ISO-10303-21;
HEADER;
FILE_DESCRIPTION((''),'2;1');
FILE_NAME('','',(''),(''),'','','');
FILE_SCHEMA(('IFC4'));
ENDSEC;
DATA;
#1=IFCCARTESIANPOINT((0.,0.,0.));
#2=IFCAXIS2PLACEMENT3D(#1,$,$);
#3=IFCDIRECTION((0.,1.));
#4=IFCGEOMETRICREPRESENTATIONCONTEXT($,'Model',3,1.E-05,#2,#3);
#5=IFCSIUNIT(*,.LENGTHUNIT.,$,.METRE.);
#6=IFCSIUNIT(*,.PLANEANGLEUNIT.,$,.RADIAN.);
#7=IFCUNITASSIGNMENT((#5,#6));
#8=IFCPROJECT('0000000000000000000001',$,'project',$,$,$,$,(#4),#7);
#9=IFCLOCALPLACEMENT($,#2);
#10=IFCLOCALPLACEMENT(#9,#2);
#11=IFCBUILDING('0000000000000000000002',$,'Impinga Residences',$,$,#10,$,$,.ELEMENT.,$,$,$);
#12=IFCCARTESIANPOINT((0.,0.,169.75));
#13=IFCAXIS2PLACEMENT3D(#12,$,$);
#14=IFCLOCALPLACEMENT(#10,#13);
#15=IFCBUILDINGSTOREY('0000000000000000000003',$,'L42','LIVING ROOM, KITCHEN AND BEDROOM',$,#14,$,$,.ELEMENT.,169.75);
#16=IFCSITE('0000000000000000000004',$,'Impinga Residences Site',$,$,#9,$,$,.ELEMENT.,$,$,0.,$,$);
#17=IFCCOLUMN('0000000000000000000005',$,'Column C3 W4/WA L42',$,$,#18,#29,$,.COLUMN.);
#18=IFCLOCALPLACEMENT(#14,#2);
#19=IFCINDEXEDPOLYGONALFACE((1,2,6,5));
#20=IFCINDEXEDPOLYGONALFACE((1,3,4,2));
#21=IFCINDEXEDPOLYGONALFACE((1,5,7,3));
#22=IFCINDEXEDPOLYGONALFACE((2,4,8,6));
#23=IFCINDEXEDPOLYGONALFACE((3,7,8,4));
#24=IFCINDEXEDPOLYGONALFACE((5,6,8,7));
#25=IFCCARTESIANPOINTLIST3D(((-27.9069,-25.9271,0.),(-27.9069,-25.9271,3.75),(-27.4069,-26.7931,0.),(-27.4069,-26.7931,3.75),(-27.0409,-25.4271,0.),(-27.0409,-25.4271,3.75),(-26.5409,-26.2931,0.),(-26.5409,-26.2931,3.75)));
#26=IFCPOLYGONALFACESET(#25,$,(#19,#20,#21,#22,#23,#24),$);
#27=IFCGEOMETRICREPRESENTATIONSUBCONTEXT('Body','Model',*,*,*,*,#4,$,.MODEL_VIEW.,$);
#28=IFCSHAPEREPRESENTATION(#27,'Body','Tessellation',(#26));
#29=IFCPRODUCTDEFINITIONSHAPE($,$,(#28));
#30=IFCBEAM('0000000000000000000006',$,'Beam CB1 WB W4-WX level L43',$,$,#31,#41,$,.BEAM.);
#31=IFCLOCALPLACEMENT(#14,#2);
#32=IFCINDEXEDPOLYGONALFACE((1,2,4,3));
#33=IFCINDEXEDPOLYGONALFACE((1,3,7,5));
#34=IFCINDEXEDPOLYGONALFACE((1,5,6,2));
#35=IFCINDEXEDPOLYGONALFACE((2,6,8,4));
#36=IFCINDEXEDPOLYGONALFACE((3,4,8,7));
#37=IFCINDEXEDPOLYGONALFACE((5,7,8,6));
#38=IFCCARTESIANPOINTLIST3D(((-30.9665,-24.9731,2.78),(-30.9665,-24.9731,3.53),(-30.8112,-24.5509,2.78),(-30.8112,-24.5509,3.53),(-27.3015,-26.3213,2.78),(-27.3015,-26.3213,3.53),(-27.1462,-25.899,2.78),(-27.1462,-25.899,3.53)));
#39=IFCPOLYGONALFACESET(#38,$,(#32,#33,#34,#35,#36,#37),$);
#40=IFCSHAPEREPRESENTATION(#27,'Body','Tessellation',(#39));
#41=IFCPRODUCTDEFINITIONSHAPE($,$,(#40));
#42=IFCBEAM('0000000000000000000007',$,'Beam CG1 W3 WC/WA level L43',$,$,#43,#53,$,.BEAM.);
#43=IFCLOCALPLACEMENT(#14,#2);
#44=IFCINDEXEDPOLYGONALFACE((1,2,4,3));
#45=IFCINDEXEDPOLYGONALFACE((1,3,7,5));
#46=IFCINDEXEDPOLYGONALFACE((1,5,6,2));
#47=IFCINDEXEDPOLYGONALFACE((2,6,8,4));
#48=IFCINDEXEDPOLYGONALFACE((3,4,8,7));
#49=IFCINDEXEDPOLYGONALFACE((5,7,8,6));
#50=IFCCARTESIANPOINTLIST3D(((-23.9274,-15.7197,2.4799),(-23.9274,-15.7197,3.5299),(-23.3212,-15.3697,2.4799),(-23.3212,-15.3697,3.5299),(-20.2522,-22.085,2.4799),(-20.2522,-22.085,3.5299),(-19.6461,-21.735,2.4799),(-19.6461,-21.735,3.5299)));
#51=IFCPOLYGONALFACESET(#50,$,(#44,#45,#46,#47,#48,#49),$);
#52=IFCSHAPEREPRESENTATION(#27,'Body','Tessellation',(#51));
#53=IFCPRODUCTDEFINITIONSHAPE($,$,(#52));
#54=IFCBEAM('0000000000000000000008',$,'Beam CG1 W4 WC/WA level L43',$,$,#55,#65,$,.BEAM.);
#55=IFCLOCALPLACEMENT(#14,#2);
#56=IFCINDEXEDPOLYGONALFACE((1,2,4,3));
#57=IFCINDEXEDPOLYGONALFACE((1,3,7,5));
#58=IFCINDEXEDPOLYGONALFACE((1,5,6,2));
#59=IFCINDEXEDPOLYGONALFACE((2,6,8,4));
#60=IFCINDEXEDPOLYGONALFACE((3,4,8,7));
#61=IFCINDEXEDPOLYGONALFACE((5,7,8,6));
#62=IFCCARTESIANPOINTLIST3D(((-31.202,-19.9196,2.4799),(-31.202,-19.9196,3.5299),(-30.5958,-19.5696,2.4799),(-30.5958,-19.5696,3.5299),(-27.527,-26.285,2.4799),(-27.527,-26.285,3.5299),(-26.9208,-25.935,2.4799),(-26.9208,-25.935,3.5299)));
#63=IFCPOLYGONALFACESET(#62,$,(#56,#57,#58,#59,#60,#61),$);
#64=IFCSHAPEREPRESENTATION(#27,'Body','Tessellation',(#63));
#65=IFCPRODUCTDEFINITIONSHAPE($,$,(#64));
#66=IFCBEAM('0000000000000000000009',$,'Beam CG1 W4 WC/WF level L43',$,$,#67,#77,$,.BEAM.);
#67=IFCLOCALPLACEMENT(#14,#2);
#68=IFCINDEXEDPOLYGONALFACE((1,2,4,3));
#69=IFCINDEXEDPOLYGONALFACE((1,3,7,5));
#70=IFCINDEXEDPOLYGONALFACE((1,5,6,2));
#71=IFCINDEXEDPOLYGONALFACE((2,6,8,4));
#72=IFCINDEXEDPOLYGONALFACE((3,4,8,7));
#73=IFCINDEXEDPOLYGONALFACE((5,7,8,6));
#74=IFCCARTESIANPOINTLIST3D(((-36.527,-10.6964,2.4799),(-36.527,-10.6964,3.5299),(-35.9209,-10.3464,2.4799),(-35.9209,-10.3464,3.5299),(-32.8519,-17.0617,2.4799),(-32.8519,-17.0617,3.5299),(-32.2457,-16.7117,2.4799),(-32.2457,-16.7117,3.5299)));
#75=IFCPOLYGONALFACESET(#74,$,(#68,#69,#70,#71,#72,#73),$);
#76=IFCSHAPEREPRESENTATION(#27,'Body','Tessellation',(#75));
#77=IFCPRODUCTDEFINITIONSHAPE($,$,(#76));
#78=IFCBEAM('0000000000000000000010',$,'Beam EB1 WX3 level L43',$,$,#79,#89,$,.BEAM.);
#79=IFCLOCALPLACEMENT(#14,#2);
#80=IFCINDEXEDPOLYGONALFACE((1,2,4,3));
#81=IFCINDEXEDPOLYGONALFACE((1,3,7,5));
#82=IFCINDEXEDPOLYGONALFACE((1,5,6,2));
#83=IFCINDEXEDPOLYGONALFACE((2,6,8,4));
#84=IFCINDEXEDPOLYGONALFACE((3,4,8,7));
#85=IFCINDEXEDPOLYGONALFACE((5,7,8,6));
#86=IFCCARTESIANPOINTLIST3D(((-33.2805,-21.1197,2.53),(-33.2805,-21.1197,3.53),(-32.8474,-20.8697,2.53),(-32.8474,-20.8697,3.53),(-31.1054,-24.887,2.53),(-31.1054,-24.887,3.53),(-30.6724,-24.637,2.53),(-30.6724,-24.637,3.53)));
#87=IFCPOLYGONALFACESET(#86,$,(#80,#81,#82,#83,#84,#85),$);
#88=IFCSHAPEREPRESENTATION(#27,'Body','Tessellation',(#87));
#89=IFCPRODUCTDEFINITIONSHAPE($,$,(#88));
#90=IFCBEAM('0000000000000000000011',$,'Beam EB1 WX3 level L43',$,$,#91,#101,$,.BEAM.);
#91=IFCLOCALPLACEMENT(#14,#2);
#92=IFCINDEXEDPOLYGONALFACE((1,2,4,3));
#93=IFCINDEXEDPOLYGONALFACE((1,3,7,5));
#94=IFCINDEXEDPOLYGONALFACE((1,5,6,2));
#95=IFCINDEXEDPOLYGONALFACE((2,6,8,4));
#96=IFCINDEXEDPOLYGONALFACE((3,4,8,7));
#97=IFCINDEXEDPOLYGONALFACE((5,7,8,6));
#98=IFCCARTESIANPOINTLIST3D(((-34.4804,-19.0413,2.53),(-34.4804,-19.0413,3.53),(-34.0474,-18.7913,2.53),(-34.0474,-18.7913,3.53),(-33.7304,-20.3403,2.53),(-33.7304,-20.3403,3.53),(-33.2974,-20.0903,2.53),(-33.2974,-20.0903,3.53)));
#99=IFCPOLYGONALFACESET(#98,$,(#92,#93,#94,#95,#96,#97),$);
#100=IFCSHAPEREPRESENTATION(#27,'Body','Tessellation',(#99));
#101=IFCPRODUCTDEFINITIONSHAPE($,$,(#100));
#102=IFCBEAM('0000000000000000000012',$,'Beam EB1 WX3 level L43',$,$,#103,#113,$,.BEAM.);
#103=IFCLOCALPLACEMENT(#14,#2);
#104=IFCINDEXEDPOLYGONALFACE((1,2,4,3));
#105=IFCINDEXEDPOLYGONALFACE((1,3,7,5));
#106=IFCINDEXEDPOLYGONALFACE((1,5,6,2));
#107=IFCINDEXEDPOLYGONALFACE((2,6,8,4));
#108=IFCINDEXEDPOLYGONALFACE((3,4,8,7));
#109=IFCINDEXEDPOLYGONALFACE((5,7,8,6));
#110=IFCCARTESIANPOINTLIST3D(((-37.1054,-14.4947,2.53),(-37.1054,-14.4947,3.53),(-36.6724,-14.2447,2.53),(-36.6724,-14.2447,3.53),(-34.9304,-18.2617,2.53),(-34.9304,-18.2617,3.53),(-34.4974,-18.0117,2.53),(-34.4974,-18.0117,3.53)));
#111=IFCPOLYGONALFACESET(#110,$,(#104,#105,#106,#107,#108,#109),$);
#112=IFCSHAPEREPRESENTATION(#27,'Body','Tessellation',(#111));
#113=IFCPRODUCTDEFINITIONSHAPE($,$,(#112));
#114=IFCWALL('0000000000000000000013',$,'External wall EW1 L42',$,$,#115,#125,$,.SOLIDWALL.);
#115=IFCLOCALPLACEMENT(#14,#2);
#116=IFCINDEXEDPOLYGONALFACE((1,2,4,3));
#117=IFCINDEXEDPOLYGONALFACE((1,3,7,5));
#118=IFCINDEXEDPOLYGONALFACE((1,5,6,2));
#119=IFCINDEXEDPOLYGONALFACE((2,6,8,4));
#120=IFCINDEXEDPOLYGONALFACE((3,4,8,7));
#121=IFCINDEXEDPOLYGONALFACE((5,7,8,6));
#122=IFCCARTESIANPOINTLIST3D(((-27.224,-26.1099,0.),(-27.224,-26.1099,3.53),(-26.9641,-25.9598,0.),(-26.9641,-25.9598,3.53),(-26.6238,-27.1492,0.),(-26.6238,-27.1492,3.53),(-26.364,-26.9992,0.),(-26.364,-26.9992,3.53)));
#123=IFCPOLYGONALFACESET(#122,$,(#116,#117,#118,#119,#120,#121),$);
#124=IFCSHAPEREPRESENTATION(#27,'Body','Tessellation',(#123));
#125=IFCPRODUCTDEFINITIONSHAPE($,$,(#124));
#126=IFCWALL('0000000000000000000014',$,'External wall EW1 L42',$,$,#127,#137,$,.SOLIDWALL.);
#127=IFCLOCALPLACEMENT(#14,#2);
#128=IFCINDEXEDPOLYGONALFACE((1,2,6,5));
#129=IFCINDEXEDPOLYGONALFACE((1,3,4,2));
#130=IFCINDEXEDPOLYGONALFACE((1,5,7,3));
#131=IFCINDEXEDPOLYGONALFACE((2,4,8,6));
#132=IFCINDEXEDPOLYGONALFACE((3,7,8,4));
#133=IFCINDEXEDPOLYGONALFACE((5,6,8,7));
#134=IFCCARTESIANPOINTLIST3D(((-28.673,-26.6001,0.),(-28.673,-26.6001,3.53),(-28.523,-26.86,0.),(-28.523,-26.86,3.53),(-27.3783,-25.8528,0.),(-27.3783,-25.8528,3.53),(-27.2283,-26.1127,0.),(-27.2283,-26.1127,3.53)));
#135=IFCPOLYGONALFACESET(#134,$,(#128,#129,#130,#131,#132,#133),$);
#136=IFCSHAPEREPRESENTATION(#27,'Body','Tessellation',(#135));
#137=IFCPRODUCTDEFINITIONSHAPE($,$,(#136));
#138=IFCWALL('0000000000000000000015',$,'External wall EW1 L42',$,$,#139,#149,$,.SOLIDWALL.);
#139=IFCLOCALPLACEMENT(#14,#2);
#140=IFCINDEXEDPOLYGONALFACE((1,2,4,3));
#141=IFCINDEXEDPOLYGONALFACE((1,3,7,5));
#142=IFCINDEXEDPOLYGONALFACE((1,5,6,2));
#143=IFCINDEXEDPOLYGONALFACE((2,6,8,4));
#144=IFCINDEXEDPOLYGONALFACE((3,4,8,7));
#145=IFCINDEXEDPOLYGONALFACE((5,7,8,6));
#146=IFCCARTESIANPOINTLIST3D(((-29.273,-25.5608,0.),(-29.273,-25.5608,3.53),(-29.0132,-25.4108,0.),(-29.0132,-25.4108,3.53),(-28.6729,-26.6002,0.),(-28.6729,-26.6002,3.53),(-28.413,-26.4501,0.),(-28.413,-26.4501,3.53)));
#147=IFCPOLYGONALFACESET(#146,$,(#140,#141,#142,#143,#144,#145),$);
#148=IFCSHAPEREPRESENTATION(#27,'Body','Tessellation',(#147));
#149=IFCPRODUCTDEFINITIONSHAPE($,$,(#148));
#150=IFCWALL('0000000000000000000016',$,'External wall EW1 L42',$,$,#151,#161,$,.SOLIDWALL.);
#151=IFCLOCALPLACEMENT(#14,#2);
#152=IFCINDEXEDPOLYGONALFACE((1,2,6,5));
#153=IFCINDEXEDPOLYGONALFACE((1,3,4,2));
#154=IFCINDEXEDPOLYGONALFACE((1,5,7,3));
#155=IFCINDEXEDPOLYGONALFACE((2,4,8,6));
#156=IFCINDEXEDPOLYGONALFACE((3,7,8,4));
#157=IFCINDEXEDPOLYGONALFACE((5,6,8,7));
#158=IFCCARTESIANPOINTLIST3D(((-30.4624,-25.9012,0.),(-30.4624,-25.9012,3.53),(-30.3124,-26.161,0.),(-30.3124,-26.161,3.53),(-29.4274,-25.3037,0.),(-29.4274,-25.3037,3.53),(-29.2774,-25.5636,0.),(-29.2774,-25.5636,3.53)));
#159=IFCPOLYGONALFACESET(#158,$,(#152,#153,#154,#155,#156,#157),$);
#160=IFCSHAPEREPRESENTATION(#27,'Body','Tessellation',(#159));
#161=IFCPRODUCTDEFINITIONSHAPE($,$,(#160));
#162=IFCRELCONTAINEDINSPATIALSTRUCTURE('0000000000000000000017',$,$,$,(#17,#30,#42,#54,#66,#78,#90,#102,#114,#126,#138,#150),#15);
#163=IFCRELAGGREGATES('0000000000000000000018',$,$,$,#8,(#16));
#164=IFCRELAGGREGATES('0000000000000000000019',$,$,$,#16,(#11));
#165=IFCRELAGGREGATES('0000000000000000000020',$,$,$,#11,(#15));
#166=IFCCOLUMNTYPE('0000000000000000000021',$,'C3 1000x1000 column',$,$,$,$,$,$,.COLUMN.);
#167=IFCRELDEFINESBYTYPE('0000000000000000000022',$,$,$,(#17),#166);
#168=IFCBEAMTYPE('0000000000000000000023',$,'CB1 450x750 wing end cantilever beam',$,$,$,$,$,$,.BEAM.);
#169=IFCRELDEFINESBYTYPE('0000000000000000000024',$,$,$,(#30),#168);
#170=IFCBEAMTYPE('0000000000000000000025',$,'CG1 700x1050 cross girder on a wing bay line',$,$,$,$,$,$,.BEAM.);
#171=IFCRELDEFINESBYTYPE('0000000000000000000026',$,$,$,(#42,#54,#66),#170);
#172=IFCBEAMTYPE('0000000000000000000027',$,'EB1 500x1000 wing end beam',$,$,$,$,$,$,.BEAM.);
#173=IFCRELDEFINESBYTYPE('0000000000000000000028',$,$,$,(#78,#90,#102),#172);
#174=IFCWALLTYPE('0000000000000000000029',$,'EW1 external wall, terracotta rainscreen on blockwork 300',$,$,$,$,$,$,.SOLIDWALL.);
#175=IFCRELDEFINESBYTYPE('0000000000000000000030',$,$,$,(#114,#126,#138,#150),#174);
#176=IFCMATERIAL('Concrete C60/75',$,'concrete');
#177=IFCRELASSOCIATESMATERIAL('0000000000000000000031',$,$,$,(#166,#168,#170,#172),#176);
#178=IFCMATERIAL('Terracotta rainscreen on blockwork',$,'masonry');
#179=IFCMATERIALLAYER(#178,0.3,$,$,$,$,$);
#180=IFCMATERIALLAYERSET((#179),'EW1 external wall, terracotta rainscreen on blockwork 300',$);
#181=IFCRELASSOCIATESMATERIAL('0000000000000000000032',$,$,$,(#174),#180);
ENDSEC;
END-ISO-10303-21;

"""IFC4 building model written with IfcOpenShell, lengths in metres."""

from ifc_helpers import new_model, si_unit, direction, frame, frame_2d, origin, origin_2d, place, context, subcontext, project, spatial, rectangle, extrude, material, layer, layer_set, material_profile, profile_set, type_object, element, save


model = new_model("IFC4")

# Units and contexts
model_context = context("Model", 3, precision=1e-05, world=origin(), true_north=direction((0.0, 1.0)))
body_context = subcontext(model_context, "Body", "Model", "MODEL_VIEW")
ifc_project = project(units=[si_unit("LENGTHUNIT", "METRE"), si_unit("PLANEANGLEUNIT", "RADIAN")], contexts=[model_context])

# Site, building, storey
site_placement = place(None, origin())
site = spatial("IfcSite", under=ifc_project, at=site_placement, Name="Impinga Residences Site", CompositionType="ELEMENT", RefElevation=0.0)
building_placement = place(site_placement, origin())
building = spatial("IfcBuilding", under=site, at=building_placement, Name="Impinga Residences", CompositionType="ELEMENT")
storey_placement = place(building_placement, frame((0.0, 0.0, 169.75)))
storey = spatial("IfcBuildingStorey", under=building, at=storey_placement, Name="L42", Description="LIVING ROOM, KITCHEN AND BEDROOM", CompositionType="ELEMENT", Elevation=169.75)

# Column
ifc_material_1 = material(Name="Concrete C60/75", Category="concrete")
ifc_material_profile_1 = material_profile(ifc_material_1, rectangle(XDim=1.0, YDim=1.0, at=origin_2d()), Name="RC 1000x1000")
ifc_profile_set_1 = profile_set([ifc_material_profile_1], Name="Concrete C60/75")
column_type = type_object("IfcColumnType", Name="C3 1000x1000 column", PredefinedType="COLUMN", material=ifc_profile_set_1)
column_placement = place(storey_placement, frame((-27.2239, -26.1101, 0.0), z_axis=(0.0, 0.0, 1.0), x_axis=(-0.5, 0.866025, 0.0)))
element("IfcColumn", 1, at=column_placement, inside=storey, type_object=column_type, Name="Column C3 W4/WA L42", PredefinedType="COLUMN", context=body_context, shape_type="SweptSolid", body=[
    extrude(rectangle(XDim=1.0, YDim=1.0, at=origin_2d()), origin(), (0.0, 0.0, 1.0), 3.75),
])

# Beams
ifc_material_profile_2 = material_profile(ifc_material_1, rectangle(XDim=0.45, YDim=0.75, at=origin_2d()), Name="RC 450x750")
ifc_profile_set_2 = profile_set([ifc_material_profile_2], Name="Concrete C60/75")
beam_type_1 = type_object("IfcBeamType", Name="CB1 450x750 wing end cantilever beam", PredefinedType="BEAM", material=ifc_profile_set_2)
beam_1_placement = place(storey_placement, frame((-27.2239, -26.1101, 3.155), z_axis=(-0.93852, 0.345224, 0.0), x_axis=(-0.345224, -0.93852, 0.0)))
element("IfcBeam", 2, at=beam_1_placement, inside=storey, type_object=beam_type_1, Name="Beam CB1 WB W4-WX level L43", PredefinedType="BEAM", context=body_context, shape_type="SweptSolid", body=[
    extrude(rectangle(XDim=0.45, YDim=0.75, at=origin_2d()), origin(), (0.0, 0.0, 1.0), 3.905),
])
ifc_material_profile_3 = material_profile(ifc_material_1, rectangle(XDim=0.7, YDim=1.05, at=origin_2d()), Name="RC 700x1050")
ifc_profile_set_3 = profile_set([ifc_material_profile_3], Name="Concrete C60/75")
beam_type_2 = type_object("IfcBeamType", Name="CG1 700x1050 cross girder on a wing bay line", PredefinedType="BEAM", material=ifc_profile_set_3)
for number, where, z_axis, x_axis, name in (
    (3, (-23.6243, -15.5447, 3.0049), (0.500008, -0.866021, 0.0), (0.866021, 0.500008, 0.0), "Beam CG1 W3 WC/WA level L43"),
    (4, (-30.8989, -19.7446, 3.0049), (0.499994, -0.866029, 0.0), (0.866029, 0.499994, 0.0), "Beam CG1 W4 WC/WA level L43"),
    (5, (-32.5488, -16.8867, 3.0049), (-0.500008, 0.866021, 0.0), (-0.866021, -0.500008, 0.0), "Beam CG1 W4 WC/WF level L43"),
):
    element("IfcBeam", number, at=place(storey_placement, frame(where, z_axis=z_axis, x_axis=x_axis)), inside=storey, type_object=beam_type_2, Name=name, PredefinedType="BEAM", context=body_context, shape_type="SweptSolid", body=[
        extrude(rectangle(XDim=0.7, YDim=1.05, at=origin_2d()), origin(), (0.0, 0.0, 1.0), 7.3501),
    ])
ifc_material_profile_4 = material_profile(ifc_material_1, rectangle(XDim=0.5, YDim=1.0, at=origin_2d()), Name="RC 500x1000")
ifc_profile_set_4 = profile_set([ifc_material_profile_4], Name="Concrete C60/75")
beam_type_3 = type_object("IfcBeamType", Name="EB1 500x1000 wing end beam", PredefinedType="BEAM", material=ifc_profile_set_4)
beam_2_placement = place(storey_placement, frame((-30.8889, -24.762, 3.03), z_axis=(-0.499996, 0.866028, 0.0), x_axis=(-0.866028, -0.499996, 0.0)))
element("IfcBeam", 6, at=beam_2_placement, inside=storey, type_object=beam_type_3, Name="Beam EB1 WX3 level L43", PredefinedType="BEAM", context=body_context, shape_type="SweptSolid", body=[
    extrude(rectangle(XDim=0.5, YDim=1.0, at=origin_2d()), origin(), (0.0, 0.0, 1.0), 4.3501),
])
beam_3_placement = place(storey_placement, frame((-33.5139, -20.2153, 3.03), z_axis=(-0.49999, 0.866031, 0.0), x_axis=(-0.866031, -0.49999, 0.0)))
element("IfcBeam", 7, at=beam_3_placement, inside=storey, type_object=beam_type_3, Name="Beam EB1 WX3 level L43", PredefinedType="BEAM", context=body_context, shape_type="SweptSolid", body=[
    extrude(rectangle(XDim=0.5, YDim=1.0, at=origin_2d()), origin(), (0.0, 0.0, 1.0), 1.5),
])
beam_4_placement = place(storey_placement, frame((-34.7139, -18.1367, 3.03), z_axis=(-0.50002, 0.866014, 0.0), x_axis=(-0.866014, -0.50002, 0.0)))
element("IfcBeam", 8, at=beam_4_placement, inside=storey, type_object=beam_type_3, Name="Beam EB1 WX3 level L43", PredefinedType="BEAM", context=body_context, shape_type="SweptSolid", body=[
    extrude(rectangle(XDim=0.5, YDim=1.0, at=origin_2d()), origin(), (0.0, 0.0, 1.0), 4.3499),
])

# Walls
ifc_material_2 = material(Name="Terracotta rainscreen on blockwork", Category="masonry")
ifc_layer_1 = layer(ifc_material_2, 0.3)
ifc_layer_set_1 = layer_set([ifc_layer_1], Name="EW1 external wall, terracotta rainscreen on blockwork 300")
wall_type_1 = type_object("IfcWallType", Name="EW1 external wall, terracotta rainscreen on blockwork 300", PredefinedType="SOLIDWALL", material=ifc_layer_set_1)
wall_1_placement = place(storey_placement, frame((-26.4939, -27.0742, 0.0), z_axis=(0.0, 0.0, 1.0), x_axis=(-0.500034, 0.866006, 0.0)))
element("IfcWall", 9, at=wall_1_placement, inside=storey, type_object=wall_type_1, Name="External wall EW1 L42", PredefinedType="SOLIDWALL", context=body_context, shape_type="SweptSolid", body=[
    extrude(rectangle(XDim=1.2002, YDim=0.3, at=frame_2d((0.6001, 0.0))), origin(), (0.0, 0.0, 1.0), 3.53),
])
wall_2_placement = place(storey_placement, frame((-27.3032, -25.9827, 0.0), z_axis=(0.0, 0.0, 1.0), x_axis=(-0.866074, -0.499916, 0.0)))
element("IfcWall", 10, at=wall_2_placement, inside=storey, type_object=wall_type_1, Name="External wall EW1 L42", PredefinedType="SOLIDWALL", context=body_context, shape_type="SweptSolid", body=[
    extrude(rectangle(XDim=1.4949, YDim=0.3, at=frame_2d((0.7476, 0.0))), origin(), (0.0, 0.0, 1.0), 3.53),
])
wall_3_placement = place(storey_placement, frame((-28.543, -26.5251, 0.0), z_axis=(0.0, 0.0, 1.0), x_axis=(-0.500034, 0.866006, 0.0)))
element("IfcWall", 11, at=wall_3_placement, inside=storey, type_object=wall_type_1, Name="External wall EW1 L42", PredefinedType="SOLIDWALL", context=body_context, shape_type="SweptSolid", body=[
    extrude(rectangle(XDim=1.2002, YDim=0.3, at=frame_2d((0.6001, 0.0))), origin(), (0.0, 0.0, 1.0), 3.53),
])
wall_4_placement = place(storey_placement, frame((-29.3523, -25.4336, 0.0), z_axis=(0.0, 0.0, 1.0), x_axis=(-0.86606, -0.499941, 0.0)))
element("IfcWall", 12, at=wall_4_placement, inside=storey, type_object=wall_type_1, Name="External wall EW1 L42", PredefinedType="SOLIDWALL", context=body_context, shape_type="SweptSolid", body=[
    extrude(rectangle(XDim=1.1951, YDim=0.3, at=frame_2d((0.5977, 0.0))), origin(), (0.0, 0.0, 1.0), 3.53),
])

save(model, "model.ifc")
